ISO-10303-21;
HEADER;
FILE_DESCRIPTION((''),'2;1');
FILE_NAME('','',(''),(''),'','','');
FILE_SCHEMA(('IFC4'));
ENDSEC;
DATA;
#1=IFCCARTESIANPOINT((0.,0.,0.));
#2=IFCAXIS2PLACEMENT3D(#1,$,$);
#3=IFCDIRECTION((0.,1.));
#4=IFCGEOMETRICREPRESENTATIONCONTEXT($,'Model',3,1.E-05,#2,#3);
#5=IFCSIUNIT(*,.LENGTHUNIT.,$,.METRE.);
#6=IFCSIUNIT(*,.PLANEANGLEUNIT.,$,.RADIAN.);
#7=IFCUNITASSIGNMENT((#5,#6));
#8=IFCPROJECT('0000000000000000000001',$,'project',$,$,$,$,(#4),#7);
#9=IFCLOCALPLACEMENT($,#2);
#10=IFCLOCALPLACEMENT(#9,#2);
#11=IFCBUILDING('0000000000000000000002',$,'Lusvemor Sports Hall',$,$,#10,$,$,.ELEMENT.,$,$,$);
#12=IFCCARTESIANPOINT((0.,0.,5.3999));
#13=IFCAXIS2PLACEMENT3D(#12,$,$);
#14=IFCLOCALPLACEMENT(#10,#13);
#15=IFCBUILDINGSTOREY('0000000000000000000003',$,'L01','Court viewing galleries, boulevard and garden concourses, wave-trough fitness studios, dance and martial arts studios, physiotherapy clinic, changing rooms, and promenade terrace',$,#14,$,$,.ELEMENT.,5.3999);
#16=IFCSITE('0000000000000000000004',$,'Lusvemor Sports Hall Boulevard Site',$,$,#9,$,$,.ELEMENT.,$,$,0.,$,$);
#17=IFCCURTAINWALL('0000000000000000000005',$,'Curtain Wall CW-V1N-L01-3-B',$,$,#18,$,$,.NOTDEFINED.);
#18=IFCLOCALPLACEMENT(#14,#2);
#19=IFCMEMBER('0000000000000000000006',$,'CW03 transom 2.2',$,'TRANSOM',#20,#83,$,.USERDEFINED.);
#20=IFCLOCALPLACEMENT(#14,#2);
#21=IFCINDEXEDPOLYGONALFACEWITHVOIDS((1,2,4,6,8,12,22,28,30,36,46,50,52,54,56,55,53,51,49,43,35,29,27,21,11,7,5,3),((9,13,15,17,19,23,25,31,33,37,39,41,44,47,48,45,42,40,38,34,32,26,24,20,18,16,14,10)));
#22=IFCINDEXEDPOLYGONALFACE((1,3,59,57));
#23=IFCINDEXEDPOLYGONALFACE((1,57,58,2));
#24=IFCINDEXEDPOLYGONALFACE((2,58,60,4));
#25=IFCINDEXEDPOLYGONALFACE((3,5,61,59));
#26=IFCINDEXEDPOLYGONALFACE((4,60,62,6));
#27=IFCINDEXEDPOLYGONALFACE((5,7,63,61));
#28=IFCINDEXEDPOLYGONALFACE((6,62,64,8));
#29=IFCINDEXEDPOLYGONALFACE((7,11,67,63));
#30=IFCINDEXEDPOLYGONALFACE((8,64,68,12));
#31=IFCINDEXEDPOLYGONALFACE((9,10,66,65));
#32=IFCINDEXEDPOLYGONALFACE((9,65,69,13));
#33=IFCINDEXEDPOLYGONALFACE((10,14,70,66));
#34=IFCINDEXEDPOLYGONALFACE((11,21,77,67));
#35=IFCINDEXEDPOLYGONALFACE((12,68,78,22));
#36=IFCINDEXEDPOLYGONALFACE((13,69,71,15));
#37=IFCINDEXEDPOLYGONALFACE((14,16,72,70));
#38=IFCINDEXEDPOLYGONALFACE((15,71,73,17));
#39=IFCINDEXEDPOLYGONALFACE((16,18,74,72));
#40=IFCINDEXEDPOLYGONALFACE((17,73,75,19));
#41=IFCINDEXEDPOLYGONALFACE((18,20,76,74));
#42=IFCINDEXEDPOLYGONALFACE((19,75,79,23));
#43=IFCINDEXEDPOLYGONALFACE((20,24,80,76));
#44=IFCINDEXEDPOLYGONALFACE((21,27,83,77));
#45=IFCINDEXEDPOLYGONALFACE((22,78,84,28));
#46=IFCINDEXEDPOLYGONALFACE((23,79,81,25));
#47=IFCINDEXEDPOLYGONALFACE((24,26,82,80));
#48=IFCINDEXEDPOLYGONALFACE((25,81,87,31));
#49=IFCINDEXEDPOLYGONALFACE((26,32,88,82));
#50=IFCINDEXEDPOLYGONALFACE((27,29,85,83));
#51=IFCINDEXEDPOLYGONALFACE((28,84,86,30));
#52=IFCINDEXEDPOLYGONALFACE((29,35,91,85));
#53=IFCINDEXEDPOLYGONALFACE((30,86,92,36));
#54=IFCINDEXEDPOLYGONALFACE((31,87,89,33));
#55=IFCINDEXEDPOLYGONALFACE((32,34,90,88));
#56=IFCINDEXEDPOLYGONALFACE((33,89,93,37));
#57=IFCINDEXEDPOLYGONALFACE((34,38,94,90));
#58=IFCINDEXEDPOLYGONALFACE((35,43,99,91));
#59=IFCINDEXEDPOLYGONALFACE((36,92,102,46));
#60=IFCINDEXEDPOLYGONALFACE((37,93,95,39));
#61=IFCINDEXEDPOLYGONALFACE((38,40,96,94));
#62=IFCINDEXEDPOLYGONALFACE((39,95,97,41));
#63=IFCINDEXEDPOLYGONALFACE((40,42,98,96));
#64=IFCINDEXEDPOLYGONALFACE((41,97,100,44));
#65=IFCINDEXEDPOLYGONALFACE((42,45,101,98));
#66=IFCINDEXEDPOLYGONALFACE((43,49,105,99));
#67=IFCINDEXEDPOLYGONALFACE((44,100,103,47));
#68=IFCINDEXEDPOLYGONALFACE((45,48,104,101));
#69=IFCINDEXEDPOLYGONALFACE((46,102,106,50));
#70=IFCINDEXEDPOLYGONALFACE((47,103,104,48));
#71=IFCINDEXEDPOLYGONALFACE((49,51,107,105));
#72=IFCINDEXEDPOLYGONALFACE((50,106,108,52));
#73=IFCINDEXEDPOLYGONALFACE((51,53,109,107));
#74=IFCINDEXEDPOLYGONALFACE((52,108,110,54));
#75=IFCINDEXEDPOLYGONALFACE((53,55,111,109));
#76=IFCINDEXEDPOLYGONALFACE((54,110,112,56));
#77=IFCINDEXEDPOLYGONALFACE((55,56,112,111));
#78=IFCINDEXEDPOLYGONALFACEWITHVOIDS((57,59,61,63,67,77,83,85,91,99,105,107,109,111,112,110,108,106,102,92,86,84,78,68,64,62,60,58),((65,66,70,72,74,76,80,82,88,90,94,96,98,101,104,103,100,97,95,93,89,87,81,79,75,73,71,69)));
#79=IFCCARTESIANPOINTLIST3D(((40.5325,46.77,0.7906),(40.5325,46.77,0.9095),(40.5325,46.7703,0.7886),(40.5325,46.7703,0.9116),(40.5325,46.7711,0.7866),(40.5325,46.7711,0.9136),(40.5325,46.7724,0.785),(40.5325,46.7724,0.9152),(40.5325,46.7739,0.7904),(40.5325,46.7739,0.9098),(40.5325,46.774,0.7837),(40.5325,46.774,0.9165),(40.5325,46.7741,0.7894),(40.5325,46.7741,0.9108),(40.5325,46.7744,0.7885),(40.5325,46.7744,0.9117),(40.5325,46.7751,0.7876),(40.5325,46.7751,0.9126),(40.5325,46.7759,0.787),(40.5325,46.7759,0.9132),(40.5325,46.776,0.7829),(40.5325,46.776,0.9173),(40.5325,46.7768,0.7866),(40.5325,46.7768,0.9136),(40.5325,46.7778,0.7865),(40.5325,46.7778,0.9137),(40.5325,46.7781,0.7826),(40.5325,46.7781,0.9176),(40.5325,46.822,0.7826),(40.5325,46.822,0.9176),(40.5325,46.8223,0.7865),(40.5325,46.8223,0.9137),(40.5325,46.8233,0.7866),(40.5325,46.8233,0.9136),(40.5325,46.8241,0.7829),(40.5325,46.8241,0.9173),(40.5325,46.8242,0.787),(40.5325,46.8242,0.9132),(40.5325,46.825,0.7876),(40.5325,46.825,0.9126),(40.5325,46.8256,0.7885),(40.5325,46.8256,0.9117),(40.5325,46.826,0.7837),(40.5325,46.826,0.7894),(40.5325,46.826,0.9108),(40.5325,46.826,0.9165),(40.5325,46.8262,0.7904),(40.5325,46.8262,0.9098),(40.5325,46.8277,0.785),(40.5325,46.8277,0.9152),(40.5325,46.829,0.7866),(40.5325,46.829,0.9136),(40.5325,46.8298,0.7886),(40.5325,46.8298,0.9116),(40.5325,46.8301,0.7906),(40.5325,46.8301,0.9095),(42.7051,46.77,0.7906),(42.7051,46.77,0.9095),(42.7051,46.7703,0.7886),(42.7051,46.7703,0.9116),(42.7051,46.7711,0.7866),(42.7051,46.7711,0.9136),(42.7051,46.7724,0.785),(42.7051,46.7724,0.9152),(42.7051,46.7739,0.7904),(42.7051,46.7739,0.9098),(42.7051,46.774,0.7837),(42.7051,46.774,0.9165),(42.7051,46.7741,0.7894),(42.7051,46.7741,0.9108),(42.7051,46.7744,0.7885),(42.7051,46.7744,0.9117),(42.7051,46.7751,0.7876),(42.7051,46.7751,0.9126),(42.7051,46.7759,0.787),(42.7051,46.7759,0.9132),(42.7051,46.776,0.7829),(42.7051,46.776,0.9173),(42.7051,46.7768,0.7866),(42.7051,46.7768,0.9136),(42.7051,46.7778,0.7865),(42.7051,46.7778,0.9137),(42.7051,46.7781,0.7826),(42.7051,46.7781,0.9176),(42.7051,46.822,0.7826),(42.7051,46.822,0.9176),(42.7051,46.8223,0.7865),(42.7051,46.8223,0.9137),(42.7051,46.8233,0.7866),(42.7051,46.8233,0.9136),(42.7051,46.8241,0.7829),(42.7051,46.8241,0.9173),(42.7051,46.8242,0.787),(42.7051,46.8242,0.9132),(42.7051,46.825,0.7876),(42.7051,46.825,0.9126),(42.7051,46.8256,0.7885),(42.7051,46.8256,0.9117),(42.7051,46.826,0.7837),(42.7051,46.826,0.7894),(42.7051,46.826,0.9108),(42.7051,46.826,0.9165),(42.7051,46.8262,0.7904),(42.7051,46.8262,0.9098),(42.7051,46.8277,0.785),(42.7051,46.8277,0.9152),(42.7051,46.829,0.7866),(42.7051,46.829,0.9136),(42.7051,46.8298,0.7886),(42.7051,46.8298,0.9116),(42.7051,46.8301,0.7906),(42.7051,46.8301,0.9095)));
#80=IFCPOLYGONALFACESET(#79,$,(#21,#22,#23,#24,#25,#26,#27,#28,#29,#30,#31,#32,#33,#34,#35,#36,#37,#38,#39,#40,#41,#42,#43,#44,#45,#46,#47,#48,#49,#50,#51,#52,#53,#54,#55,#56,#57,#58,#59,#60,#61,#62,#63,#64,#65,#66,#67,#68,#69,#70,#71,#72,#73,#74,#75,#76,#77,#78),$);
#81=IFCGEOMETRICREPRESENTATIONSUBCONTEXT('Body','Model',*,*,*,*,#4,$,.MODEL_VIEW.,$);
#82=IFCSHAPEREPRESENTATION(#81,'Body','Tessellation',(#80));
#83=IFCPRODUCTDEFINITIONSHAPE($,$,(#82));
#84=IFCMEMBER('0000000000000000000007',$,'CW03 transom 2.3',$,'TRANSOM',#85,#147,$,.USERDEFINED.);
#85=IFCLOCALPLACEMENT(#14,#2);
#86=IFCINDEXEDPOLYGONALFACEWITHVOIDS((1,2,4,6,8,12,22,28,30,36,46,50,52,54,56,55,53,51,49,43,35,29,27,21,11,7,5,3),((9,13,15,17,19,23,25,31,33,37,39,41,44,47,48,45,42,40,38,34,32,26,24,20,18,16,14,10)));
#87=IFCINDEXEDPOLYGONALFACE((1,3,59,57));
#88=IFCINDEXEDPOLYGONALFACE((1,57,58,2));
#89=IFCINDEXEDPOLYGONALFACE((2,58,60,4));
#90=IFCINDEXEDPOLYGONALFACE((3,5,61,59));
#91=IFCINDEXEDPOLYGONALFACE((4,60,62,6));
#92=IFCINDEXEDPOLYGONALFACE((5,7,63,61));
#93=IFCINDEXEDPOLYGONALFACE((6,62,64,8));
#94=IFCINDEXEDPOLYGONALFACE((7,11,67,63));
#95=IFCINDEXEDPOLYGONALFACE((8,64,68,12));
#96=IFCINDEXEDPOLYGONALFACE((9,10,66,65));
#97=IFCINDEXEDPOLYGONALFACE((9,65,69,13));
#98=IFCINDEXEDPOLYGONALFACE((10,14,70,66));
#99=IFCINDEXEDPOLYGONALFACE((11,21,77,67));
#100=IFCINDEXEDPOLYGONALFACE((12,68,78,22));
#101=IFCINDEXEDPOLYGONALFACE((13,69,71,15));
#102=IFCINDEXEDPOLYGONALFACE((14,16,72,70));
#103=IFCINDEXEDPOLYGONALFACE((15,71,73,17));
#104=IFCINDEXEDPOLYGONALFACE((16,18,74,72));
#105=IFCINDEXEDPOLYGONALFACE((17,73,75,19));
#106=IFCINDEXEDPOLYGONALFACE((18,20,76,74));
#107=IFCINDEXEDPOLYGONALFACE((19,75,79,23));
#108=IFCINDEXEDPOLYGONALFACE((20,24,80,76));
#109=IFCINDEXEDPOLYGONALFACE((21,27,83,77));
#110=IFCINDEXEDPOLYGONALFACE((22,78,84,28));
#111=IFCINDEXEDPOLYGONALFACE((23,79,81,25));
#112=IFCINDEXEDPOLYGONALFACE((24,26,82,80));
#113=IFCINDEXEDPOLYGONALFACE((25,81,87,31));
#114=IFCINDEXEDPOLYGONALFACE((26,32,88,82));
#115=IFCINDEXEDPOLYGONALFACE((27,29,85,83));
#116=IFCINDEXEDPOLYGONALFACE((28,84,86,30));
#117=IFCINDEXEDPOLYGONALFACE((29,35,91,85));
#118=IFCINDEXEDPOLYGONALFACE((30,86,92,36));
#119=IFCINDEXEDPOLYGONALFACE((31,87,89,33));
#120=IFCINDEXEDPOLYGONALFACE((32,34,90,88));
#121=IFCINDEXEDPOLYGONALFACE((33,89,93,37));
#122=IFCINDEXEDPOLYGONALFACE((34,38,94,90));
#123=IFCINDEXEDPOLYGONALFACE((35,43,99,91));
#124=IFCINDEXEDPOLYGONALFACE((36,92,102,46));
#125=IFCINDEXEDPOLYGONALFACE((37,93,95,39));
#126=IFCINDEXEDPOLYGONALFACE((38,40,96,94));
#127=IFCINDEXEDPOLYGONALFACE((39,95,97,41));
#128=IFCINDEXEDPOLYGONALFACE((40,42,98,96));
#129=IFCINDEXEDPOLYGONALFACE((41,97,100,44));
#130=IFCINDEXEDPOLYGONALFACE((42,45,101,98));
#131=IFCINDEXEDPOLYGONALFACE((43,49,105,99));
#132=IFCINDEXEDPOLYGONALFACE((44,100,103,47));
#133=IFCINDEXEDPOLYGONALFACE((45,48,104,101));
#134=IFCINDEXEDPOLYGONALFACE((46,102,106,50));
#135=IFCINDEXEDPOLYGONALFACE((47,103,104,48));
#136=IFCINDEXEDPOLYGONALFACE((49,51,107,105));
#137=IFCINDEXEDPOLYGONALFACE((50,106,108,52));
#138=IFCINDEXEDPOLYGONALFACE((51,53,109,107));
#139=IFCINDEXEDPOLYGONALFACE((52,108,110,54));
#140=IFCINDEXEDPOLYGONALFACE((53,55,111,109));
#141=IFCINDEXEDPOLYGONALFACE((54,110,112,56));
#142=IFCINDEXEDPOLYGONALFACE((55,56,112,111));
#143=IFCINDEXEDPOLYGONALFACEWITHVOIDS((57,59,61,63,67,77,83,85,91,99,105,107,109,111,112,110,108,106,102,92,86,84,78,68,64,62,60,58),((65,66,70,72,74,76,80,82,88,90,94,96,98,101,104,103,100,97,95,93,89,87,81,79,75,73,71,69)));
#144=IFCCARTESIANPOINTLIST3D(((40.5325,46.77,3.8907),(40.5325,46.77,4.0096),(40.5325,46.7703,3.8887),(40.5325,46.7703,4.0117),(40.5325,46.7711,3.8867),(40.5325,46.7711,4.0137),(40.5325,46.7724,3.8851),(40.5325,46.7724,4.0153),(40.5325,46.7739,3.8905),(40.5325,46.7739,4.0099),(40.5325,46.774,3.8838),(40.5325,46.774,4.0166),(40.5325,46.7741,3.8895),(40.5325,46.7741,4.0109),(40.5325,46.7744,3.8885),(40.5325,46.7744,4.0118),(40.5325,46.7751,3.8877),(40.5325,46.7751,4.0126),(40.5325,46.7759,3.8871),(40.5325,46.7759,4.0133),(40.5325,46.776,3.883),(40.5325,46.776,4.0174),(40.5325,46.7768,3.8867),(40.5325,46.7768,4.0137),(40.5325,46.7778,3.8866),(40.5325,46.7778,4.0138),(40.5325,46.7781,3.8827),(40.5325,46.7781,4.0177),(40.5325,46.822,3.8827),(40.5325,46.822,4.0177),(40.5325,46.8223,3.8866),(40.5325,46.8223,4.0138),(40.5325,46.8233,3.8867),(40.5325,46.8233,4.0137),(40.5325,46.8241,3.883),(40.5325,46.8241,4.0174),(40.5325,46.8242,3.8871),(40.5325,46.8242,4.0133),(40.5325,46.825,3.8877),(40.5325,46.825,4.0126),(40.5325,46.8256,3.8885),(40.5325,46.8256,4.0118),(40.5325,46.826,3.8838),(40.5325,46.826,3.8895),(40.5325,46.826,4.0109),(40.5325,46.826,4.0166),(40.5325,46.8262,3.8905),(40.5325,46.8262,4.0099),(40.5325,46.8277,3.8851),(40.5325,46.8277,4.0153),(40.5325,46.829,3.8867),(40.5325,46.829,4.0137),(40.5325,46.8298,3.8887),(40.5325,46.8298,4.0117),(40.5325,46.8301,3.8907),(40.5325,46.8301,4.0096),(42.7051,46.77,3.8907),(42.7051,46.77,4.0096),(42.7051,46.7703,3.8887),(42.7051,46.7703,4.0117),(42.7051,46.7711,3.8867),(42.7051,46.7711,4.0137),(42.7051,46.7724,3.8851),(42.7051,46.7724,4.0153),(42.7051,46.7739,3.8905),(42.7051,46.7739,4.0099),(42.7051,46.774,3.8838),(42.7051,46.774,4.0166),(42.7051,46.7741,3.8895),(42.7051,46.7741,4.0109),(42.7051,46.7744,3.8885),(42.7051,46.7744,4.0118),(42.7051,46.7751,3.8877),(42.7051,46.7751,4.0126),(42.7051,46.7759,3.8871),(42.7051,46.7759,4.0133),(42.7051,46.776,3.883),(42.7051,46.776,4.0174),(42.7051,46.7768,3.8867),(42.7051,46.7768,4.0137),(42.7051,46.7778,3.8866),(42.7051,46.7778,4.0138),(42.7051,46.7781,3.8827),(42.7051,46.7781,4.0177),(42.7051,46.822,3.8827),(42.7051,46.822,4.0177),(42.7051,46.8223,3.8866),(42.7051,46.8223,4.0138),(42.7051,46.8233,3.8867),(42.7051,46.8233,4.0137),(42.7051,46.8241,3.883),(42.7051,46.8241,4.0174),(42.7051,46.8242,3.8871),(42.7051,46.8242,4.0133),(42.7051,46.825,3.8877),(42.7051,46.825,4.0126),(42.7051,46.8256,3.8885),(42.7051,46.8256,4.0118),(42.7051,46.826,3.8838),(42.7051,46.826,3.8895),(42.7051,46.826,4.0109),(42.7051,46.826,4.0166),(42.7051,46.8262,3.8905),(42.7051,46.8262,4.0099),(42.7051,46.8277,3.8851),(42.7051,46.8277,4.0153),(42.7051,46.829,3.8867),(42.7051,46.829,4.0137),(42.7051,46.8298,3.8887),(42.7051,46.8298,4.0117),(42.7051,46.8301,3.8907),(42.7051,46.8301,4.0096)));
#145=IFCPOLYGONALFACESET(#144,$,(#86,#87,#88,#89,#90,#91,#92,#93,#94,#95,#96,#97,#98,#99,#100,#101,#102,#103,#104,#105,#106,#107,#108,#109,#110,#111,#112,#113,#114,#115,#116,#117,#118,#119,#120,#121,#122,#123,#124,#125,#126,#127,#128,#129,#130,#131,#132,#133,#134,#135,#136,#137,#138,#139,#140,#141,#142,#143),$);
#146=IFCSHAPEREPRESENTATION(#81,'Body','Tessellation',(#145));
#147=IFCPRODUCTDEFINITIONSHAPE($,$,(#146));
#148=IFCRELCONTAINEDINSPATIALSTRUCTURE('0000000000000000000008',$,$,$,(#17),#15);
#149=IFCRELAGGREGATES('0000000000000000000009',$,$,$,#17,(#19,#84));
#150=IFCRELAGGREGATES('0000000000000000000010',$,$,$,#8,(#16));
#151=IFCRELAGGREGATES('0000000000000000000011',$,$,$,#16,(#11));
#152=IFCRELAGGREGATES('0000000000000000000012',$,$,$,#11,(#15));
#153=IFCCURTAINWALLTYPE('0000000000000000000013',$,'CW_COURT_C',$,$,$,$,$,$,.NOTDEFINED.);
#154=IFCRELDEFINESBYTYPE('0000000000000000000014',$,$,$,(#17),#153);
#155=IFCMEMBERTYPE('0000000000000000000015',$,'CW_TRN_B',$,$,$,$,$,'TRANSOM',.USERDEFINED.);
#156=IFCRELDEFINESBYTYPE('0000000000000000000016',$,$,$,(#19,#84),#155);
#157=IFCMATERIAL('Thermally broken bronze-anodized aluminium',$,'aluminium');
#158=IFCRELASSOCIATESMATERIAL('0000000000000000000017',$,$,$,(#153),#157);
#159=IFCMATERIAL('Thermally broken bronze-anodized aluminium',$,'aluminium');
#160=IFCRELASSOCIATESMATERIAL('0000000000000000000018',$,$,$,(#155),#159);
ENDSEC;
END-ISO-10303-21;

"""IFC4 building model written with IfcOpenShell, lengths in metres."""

from ifc_helpers import new_model, si_unit, direction, frame, origin, origin_2d, place, context, subcontext, project, spatial, hollow_rectangle, extrude, material, material_profile, profile_set, type_object, element, aggregate, save


model = new_model("IFC4")

# Units and contexts
model_context = context("Model", 3, precision=1e-05, world=origin(), true_north=direction((0.0, 1.0)))
body_context = subcontext(model_context, "Body", "Model", "MODEL_VIEW")
ifc_project = project(units=[si_unit("LENGTHUNIT", "METRE"), si_unit("PLANEANGLEUNIT", "RADIAN")], contexts=[model_context])

# Site, building, storey
site_placement = place(None, origin())
site = spatial("IfcSite", under=ifc_project, at=site_placement, Name="Lusvemor Sports Hall Boulevard Site", CompositionType="ELEMENT", RefElevation=0.0)
building_placement = place(site_placement, origin())
building = spatial("IfcBuilding", under=site, at=building_placement, Name="Lusvemor Sports Hall", CompositionType="ELEMENT")
storey_placement = place(building_placement, frame((0.0, 0.0, 5.3999)))
storey = spatial("IfcBuildingStorey", under=building, at=storey_placement, Name="L01", Description="Court viewing galleries, boulevard and garden concourses, wave-trough fitness studios, dance and martial arts studios, physiotherapy clinic, changing rooms, and promenade terrace", CompositionType="ELEMENT", Elevation=5.3999)

# Shared definitions
ifc_material_1 = material(Name="Thermally broken bronze-anodized aluminium", Category="aluminium")
curtain_wall_type = type_object("IfcCurtainWallType", Name="CW_COURT_C", PredefinedType="NOTDEFINED", material=ifc_material_1)

# Curtain wall, members
curtain_wall_1_placement = place(storey_placement, origin())
curtain_wall_1 = element("IfcCurtainWall", 1, at=curtain_wall_1_placement, inside=storey, type_object=curtain_wall_type, Name="Curtain Wall CW-V1N-L01-3-B", PredefinedType="NOTDEFINED")
ifc_material_2 = material(Name="Thermally broken bronze-anodized aluminium", Category="aluminium")
ifc_material_profile_1 = material_profile(ifc_material_2, hollow_rectangle(XDim=0.0601, YDim=0.135, WallThickness=0.0039, InnerFilletRadius=0.0039, OuterFilletRadius=0.0081, at=origin_2d()), Name="CWTRN135x60x4")
ifc_profile_set_1 = profile_set([ifc_material_profile_1], Name="Thermally broken bronze-anodized aluminium")
member_type_1 = type_object("IfcMemberType", Name="CW_TRN_B", ElementType="TRANSOM", PredefinedType="USERDEFINED", material=ifc_profile_set_1)
member_1_placement = place(storey_placement, frame((40.5325, 46.8, 0.8501), z_axis=(1.0, 0.0, 0.0), x_axis=(0.0, 1.0, 0.0)))
member_1 = element("IfcMember", 2, at=member_1_placement, type_object=member_type_1, Name="CW03 transom 2.2", ObjectType="TRANSOM", PredefinedType="USERDEFINED", context=body_context, shape_type="SweptSolid", body=[
    extrude(hollow_rectangle(XDim=0.0601, YDim=0.135, WallThickness=0.0039, InnerFilletRadius=0.0039, OuterFilletRadius=0.0081, at=origin_2d()), origin(), (0.0, 0.0, 1.0), 2.1726),
])
member_2_placement = place(storey_placement, frame((40.5325, 46.8, 3.9502), z_axis=(1.0, 0.0, 0.0), x_axis=(0.0, 1.0, 0.0)))
member_2 = element("IfcMember", 3, at=member_2_placement, type_object=member_type_1, Name="CW03 transom 2.3", ObjectType="TRANSOM", PredefinedType="USERDEFINED", context=body_context, shape_type="SweptSolid", body=[
    extrude(hollow_rectangle(XDim=0.0601, YDim=0.135, WallThickness=0.0039, InnerFilletRadius=0.0039, OuterFilletRadius=0.0081, at=origin_2d()), origin(), (0.0, 0.0, 1.0), 2.1726),
])

aggregate(curtain_wall_1, [member_1, member_2])

save(model, "model.ifc")
